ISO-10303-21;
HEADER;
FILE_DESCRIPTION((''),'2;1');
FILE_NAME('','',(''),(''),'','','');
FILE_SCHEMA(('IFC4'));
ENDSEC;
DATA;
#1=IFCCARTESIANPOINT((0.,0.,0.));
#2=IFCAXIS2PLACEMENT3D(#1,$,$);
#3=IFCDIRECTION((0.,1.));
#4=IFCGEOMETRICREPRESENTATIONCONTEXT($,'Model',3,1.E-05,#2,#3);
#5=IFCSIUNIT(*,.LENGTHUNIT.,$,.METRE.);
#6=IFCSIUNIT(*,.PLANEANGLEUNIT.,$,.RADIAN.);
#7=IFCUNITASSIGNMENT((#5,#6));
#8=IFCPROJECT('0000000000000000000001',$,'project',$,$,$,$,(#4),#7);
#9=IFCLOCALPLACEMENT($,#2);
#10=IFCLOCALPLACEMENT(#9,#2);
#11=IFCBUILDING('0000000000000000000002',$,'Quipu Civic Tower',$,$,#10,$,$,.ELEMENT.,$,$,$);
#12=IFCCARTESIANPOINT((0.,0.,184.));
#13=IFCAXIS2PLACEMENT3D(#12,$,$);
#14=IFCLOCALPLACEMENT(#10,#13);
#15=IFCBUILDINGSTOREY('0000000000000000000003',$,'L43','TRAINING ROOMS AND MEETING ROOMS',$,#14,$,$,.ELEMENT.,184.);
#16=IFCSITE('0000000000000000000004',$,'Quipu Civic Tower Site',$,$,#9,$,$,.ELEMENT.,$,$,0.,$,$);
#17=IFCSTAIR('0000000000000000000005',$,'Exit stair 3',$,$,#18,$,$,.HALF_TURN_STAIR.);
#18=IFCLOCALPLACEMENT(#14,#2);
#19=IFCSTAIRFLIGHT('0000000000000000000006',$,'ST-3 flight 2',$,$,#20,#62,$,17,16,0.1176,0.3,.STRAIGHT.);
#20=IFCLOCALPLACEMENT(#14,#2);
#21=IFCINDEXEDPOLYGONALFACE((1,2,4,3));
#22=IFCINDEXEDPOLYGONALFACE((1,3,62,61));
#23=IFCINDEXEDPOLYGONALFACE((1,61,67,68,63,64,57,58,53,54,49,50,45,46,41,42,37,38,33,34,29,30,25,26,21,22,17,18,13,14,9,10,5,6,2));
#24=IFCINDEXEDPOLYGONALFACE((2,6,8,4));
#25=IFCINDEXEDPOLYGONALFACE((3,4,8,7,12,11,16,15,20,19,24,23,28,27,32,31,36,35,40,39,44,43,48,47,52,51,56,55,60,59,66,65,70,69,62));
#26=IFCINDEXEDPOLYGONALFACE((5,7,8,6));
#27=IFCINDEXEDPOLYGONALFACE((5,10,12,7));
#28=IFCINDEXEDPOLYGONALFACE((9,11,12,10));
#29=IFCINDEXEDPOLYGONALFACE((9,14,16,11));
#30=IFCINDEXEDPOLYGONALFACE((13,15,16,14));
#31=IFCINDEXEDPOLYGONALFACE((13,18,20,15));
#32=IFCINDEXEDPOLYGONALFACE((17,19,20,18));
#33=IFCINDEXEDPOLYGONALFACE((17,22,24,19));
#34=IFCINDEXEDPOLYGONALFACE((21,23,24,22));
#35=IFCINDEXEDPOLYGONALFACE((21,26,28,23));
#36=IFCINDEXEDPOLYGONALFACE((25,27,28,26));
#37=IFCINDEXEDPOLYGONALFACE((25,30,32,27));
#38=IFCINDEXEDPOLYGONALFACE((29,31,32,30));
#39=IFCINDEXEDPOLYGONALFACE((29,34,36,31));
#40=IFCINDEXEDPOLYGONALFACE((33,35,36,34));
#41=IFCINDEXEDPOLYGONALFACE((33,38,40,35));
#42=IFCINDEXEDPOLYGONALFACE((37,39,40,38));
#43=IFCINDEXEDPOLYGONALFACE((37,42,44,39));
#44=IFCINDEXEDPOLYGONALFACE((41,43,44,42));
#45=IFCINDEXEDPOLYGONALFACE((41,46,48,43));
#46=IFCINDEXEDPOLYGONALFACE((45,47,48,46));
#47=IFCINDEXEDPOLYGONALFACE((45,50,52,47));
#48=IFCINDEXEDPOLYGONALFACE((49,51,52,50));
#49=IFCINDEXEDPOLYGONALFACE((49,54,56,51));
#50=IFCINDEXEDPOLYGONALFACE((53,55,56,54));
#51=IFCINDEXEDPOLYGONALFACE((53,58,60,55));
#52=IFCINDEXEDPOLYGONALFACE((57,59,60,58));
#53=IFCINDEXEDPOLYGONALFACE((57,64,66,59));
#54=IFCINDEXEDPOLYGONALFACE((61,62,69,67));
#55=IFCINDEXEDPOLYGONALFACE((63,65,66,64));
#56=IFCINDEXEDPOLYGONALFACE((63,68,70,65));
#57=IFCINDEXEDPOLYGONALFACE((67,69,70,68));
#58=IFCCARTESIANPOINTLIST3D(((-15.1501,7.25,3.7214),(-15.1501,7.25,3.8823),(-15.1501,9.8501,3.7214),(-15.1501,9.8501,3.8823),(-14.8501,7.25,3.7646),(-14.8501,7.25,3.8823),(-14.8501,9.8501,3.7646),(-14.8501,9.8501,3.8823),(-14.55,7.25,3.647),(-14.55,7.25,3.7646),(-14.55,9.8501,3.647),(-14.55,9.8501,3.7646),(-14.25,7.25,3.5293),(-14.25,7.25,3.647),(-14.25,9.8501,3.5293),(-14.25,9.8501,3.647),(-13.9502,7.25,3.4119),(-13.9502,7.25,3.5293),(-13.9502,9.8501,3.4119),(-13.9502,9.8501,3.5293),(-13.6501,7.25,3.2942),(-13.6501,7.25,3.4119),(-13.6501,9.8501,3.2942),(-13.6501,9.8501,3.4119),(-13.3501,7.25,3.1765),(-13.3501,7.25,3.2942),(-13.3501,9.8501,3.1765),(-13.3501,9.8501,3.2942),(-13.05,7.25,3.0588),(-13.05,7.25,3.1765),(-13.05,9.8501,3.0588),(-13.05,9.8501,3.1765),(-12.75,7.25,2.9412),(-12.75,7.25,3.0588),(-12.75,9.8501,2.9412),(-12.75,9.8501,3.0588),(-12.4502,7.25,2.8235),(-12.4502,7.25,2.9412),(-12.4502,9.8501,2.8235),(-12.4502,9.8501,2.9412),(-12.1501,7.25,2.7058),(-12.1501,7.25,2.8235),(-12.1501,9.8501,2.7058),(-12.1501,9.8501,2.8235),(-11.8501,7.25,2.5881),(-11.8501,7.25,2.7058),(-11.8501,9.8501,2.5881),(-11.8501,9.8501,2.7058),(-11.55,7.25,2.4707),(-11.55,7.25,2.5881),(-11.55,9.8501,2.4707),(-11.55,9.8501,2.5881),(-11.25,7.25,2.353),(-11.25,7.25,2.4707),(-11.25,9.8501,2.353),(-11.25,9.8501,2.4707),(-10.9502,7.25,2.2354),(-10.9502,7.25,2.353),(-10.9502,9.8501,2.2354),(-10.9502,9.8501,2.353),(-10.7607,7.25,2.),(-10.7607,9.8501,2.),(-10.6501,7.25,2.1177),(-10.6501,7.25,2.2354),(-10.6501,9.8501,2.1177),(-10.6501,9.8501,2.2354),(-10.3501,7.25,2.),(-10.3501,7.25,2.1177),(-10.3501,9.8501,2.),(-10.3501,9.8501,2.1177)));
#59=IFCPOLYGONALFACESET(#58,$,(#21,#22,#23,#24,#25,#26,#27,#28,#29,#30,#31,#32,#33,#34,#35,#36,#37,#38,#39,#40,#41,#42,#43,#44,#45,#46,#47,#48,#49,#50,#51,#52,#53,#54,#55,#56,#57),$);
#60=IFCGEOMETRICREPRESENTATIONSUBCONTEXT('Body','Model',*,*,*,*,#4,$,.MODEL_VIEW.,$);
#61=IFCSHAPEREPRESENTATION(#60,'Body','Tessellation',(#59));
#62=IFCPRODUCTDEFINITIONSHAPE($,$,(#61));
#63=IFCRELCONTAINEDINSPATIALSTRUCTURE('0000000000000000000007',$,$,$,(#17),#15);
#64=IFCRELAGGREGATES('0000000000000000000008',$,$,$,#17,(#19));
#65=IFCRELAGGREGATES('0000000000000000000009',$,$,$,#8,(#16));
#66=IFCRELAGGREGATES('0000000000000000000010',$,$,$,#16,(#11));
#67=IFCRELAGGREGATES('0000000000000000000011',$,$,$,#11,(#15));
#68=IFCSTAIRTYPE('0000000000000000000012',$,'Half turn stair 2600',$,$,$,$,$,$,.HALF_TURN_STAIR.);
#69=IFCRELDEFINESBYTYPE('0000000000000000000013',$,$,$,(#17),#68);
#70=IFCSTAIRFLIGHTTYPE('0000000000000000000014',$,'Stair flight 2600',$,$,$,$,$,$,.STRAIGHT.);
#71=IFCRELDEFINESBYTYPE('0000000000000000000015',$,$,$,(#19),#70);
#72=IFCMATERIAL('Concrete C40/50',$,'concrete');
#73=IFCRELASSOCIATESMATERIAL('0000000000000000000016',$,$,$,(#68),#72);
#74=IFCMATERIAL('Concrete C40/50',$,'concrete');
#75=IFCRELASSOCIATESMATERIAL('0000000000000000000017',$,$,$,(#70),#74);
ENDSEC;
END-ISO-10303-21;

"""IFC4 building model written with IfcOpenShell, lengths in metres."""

from ifc_helpers import new_model, si_unit, direction, frame, origin, place, context, subcontext, project, spatial, polyline, outline, extrude, material, type_object, element, aggregate, save


model = new_model("IFC4")

# Units and contexts
model_context = context("Model", 3, precision=1e-05, world=origin(), true_north=direction((0.0, 1.0)))
body_context = subcontext(model_context, "Body", "Model", "MODEL_VIEW")
ifc_project = project(units=[si_unit("LENGTHUNIT", "METRE"), si_unit("PLANEANGLEUNIT", "RADIAN")], contexts=[model_context])

# Site, building, storey
site_placement = place(None, origin())
site = spatial("IfcSite", under=ifc_project, at=site_placement, Name="Quipu Civic Tower Site", CompositionType="ELEMENT", RefElevation=0.0)
building_placement = place(site_placement, origin())
building = spatial("IfcBuilding", under=site, at=building_placement, Name="Quipu Civic Tower", CompositionType="ELEMENT")
storey_placement = place(building_placement, frame((0.0, 0.0, 184.0)))
storey = spatial("IfcBuildingStorey", under=building, at=storey_placement, Name="L43", Description="TRAINING ROOMS AND MEETING ROOMS", CompositionType="ELEMENT", Elevation=184.0)

# Stair, stair flight
ifc_material_1 = material(Name="Concrete C40/50", Category="concrete")
stair_type = type_object("IfcStairType", Name="Half turn stair 2600", PredefinedType="HALF_TURN_STAIR", material=ifc_material_1)
stair_placement = place(storey_placement, origin())
stair = element("IfcStair", 1, at=stair_placement, inside=storey, type_object=stair_type, Name="Exit stair 3", PredefinedType="HALF_TURN_STAIR")
ifc_material_2 = material(Name="Concrete C40/50", Category="concrete")
stair_flight_type = type_object("IfcStairFlightType", Name="Stair flight 2600", PredefinedType="STRAIGHT", material=ifc_material_2)
stair_flight_placement = place(storey_placement, frame((-10.3501, 8.55, 2.0), z_axis=(0.0, 0.0, 1.0), x_axis=(-1.0, 0.0, 0.0)))
stair_flight = element("IfcStairFlight", 2, at=stair_flight_placement, type_object=stair_flight_type, Name="ST-3 flight 2", NumberOfRisers=17, NumberOfTreads=16, PredefinedType="STRAIGHT", RiserHeight=0.1176, TreadLength=0.3, context=body_context, shape_type="SweptSolid", body=[
    extrude(outline(polyline([(0.0, 0.0), (0.0, 0.1177), (0.3, 0.1177), (0.3, 0.2354), (0.6001, 0.2354), (0.6001, 0.353), (0.8999, 0.353), (0.8999, 0.4707), (1.2, 0.4707), (1.2, 0.5881), (1.5, 0.5881), (1.5, 0.7058), (1.8, 0.7058), (1.8, 0.8235), (2.1001, 0.8235), (2.1001, 0.9412), (2.3999, 0.9412), (2.3999, 1.0588), (2.7, 1.0588), (2.7, 1.1765), (3.0, 1.1765), (3.0, 1.2942), (3.3, 1.2942), (3.3, 1.4119), (3.6001, 1.4119), (3.6001, 1.5293), (3.8999, 1.5293), (3.8999, 1.647), (4.2, 1.647), (4.2, 1.7646), (4.5, 1.7646), (4.5, 1.8823), (4.8, 1.8823), (4.8, 2.0), (4.8, 1.7214), (0.4106, 0.0), (0.0, 0.0)])), frame((0.0, 1.3, 0.0), z_axis=(0.0, -1.0, 0.0), x_axis=(1.0, 0.0, 0.0)), (0.0, 0.0, 1.0), 2.6001),
])
aggregate(stair, [stair_flight])

save(model, "model.ifc")
